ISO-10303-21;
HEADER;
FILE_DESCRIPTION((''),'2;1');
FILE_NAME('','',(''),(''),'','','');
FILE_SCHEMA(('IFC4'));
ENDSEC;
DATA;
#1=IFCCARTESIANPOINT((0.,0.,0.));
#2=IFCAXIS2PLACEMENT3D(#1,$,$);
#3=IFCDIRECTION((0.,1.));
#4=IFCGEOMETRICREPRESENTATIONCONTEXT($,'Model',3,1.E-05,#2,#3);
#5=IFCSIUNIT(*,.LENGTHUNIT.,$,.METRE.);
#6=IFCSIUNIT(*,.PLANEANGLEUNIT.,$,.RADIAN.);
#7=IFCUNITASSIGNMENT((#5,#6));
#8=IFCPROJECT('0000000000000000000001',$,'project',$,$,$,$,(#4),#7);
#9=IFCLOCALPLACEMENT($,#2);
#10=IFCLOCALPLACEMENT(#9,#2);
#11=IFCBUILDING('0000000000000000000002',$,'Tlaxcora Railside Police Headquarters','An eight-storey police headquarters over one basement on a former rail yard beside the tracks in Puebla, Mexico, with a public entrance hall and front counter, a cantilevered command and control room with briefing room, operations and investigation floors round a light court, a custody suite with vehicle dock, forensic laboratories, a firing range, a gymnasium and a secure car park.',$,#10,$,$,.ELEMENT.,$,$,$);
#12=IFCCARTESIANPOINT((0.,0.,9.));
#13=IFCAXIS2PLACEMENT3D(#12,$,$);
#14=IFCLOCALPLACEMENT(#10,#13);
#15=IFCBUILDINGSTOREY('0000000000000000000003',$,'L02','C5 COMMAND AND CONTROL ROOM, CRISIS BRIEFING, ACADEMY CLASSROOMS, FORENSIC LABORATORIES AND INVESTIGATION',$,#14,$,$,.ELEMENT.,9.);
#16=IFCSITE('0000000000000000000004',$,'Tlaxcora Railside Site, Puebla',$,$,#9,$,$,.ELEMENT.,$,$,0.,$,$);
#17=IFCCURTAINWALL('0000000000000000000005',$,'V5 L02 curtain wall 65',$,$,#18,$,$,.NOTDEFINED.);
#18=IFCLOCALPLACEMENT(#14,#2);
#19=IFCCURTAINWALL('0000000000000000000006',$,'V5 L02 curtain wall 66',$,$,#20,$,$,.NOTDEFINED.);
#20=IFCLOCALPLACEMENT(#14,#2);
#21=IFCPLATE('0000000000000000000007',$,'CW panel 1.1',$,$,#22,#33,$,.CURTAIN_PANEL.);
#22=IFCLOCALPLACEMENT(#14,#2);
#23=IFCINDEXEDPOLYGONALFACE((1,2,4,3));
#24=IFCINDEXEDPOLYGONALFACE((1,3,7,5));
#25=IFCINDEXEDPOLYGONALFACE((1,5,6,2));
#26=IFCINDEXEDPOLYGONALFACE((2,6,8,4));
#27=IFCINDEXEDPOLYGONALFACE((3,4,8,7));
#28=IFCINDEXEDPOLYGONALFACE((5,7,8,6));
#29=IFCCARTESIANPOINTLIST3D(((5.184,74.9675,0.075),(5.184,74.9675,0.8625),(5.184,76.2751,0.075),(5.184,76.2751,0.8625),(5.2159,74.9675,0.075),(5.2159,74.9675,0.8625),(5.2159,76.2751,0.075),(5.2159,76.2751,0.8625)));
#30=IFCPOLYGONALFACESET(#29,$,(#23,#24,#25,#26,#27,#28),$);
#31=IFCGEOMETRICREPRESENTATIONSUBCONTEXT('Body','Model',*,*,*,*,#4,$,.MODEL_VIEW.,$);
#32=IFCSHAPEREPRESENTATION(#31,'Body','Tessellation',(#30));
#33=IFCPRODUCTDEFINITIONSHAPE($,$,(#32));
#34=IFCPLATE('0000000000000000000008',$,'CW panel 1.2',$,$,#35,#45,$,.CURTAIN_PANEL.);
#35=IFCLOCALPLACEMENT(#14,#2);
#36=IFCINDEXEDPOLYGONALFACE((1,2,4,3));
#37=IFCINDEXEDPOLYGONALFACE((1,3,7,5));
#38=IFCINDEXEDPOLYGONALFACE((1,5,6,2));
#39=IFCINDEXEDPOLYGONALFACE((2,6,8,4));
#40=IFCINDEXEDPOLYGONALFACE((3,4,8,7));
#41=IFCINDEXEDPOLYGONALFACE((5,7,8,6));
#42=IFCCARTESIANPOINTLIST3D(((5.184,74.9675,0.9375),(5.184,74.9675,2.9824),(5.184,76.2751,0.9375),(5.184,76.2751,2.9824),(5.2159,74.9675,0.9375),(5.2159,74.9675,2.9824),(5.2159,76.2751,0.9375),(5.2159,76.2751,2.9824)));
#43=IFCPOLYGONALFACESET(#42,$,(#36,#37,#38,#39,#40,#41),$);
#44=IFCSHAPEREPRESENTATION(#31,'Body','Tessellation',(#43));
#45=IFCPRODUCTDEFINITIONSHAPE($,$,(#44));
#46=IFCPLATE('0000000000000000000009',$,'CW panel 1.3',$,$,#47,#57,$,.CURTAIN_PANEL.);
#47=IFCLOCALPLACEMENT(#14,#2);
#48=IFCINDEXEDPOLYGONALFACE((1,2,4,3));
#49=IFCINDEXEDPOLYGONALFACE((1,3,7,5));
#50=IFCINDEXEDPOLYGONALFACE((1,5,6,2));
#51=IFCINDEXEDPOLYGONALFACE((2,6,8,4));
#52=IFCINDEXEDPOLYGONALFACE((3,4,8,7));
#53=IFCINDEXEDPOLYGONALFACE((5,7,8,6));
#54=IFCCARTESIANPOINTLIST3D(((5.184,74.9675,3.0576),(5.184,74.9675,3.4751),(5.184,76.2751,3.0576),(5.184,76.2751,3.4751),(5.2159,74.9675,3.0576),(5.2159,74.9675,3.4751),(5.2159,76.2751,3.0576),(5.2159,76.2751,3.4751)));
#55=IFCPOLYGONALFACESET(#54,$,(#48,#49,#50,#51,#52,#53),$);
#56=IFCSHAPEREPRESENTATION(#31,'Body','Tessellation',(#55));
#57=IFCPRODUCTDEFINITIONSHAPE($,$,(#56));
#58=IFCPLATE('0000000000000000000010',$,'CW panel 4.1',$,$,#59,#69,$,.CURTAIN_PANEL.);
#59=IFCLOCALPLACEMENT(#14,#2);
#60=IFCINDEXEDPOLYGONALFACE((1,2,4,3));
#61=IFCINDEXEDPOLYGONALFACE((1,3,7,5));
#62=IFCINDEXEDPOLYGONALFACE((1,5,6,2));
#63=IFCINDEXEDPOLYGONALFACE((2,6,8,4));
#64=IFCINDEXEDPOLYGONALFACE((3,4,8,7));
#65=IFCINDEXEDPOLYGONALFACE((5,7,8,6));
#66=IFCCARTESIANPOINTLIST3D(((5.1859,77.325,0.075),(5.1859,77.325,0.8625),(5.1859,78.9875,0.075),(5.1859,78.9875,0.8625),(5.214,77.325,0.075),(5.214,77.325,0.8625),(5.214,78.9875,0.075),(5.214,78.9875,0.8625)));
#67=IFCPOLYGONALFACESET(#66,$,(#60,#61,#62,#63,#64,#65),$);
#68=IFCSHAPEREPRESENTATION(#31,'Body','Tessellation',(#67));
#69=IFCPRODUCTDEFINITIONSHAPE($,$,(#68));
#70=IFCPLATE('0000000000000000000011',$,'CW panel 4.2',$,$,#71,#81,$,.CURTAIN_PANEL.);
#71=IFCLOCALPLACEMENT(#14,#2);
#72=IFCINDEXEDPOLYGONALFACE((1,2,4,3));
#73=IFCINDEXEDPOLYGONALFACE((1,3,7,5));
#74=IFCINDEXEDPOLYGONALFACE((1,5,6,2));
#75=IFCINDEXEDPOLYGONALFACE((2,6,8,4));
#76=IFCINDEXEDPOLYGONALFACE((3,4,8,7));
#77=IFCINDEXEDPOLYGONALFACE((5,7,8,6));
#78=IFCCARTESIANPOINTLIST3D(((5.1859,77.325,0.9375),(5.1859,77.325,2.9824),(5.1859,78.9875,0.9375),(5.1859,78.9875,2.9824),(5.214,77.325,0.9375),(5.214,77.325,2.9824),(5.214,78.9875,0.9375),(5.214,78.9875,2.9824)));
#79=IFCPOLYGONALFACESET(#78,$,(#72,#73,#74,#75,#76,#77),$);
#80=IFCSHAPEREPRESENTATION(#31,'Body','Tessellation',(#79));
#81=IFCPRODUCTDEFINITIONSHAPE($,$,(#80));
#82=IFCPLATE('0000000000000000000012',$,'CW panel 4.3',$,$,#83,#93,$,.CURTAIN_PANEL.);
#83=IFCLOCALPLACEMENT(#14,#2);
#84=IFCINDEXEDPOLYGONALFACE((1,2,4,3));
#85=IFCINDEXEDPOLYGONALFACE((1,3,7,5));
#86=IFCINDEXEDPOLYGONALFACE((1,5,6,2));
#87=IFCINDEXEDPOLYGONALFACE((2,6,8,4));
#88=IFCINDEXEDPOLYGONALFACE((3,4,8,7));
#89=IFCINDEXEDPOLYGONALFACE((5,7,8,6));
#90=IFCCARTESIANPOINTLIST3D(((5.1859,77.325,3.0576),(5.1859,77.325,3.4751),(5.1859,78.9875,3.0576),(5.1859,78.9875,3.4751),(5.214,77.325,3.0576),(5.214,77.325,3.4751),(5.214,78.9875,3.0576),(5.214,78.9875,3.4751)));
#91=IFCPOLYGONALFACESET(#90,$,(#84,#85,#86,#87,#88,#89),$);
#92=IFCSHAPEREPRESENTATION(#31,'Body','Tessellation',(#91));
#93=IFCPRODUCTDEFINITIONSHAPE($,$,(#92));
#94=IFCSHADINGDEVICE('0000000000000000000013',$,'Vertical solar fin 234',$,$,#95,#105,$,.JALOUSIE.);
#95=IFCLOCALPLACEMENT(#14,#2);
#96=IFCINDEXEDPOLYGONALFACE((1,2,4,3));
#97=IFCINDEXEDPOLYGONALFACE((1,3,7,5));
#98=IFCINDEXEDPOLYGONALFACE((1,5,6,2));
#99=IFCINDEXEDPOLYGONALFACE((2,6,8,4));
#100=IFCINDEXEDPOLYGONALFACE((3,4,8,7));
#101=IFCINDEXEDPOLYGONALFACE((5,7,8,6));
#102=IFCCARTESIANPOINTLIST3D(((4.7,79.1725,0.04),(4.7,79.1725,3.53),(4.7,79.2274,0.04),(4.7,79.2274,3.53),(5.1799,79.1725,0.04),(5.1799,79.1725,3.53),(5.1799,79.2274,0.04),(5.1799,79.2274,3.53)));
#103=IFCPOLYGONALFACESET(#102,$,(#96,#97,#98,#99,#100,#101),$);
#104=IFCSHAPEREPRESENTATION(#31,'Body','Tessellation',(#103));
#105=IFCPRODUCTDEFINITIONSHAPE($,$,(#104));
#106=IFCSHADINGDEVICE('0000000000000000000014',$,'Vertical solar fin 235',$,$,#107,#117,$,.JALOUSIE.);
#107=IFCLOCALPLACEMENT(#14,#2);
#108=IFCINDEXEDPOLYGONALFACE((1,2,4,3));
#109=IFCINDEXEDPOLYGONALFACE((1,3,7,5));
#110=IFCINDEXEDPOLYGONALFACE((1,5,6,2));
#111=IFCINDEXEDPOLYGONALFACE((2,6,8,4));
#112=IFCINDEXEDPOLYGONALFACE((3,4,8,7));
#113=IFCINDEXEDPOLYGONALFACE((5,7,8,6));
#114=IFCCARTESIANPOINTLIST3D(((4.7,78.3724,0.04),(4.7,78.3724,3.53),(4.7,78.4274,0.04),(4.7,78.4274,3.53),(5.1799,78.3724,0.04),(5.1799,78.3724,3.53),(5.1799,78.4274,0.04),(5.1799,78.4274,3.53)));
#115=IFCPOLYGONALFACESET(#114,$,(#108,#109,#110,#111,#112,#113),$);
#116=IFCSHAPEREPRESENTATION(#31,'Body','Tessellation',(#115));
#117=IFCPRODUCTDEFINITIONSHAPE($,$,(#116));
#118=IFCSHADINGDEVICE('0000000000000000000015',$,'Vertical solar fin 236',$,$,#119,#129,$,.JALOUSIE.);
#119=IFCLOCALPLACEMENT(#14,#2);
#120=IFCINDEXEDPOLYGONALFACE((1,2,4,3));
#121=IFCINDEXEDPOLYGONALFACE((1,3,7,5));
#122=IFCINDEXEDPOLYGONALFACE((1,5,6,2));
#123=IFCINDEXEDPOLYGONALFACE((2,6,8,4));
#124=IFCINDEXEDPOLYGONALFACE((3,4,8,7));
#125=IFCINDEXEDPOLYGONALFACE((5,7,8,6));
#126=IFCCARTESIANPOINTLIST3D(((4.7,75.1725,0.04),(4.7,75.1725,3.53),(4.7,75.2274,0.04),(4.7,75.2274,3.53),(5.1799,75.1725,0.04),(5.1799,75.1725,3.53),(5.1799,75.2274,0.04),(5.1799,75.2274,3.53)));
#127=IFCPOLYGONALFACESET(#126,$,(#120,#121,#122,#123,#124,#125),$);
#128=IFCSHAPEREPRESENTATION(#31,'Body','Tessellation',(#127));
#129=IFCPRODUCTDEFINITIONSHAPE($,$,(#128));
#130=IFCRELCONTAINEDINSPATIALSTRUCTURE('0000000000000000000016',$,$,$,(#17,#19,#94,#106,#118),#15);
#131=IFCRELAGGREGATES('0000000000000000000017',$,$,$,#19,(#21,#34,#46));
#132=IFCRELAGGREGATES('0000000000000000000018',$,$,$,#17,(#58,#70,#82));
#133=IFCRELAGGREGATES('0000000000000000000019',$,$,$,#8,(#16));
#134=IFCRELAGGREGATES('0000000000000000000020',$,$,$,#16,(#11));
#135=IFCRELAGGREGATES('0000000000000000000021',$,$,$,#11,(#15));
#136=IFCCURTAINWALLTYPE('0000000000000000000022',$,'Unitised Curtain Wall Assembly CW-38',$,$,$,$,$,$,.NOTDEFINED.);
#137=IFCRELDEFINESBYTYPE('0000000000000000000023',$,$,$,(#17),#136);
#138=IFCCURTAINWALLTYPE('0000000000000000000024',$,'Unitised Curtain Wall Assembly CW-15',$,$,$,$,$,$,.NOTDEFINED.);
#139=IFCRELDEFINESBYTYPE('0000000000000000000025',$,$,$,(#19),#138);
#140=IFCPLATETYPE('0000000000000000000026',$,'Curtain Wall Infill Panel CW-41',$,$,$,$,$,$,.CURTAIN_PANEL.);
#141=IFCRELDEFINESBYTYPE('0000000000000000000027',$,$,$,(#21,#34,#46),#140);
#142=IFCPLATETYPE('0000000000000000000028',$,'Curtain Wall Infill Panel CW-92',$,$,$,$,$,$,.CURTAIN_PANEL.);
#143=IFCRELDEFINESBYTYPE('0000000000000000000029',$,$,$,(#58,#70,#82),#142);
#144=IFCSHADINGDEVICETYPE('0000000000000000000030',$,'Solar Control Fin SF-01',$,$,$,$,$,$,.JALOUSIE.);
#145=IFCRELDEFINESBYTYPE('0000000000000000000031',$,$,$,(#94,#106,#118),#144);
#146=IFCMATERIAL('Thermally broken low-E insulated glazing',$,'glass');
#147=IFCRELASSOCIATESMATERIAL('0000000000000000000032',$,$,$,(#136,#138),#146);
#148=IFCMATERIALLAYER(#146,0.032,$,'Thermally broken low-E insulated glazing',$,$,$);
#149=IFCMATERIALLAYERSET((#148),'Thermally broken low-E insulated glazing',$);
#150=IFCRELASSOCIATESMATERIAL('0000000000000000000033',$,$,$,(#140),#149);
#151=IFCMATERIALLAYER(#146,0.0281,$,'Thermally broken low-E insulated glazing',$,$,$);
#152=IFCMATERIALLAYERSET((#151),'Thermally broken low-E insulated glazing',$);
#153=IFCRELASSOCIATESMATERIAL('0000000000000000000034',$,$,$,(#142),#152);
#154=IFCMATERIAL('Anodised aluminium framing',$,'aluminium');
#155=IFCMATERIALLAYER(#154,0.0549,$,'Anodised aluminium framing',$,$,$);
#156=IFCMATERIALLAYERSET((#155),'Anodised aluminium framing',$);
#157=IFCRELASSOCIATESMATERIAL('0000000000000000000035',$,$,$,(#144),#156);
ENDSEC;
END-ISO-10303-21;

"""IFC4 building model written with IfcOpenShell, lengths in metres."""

from ifc_helpers import new_model, si_unit, direction, frame, origin, origin_2d, place, context, subcontext, project, spatial, rectangle, extrude, material, layer, layer_set, type_object, element, aggregate, save


model = new_model("IFC4")

# Units and contexts
model_context = context("Model", 3, precision=1e-05, world=origin(), true_north=direction((0.0, 1.0)))
body_context = subcontext(model_context, "Body", "Model", "MODEL_VIEW")
ifc_project = project(units=[si_unit("LENGTHUNIT", "METRE"), si_unit("PLANEANGLEUNIT", "RADIAN")], contexts=[model_context])

# Site, building, storey
site_placement = place(None, origin())
site = spatial("IfcSite", under=ifc_project, at=site_placement, Name="Tlaxcora Railside Site, Puebla", CompositionType="ELEMENT", RefElevation=0.0)
building_placement = place(site_placement, origin())
building = spatial("IfcBuilding", under=site, at=building_placement, Name="Tlaxcora Railside Police Headquarters", Description="An eight-storey police headquarters over one basement on a former rail yard beside the tracks in Puebla, Mexico, with a public entrance hall and front counter, a cantilevered command and control room with briefing room, operations and investigation floors round a light court, a custody suite with vehicle dock, forensic laboratories, a firing range, a gymnasium and a secure car park.", CompositionType="ELEMENT")
storey_placement = place(building_placement, frame((0.0, 0.0, 9.0)))
storey = spatial("IfcBuildingStorey", under=building, at=storey_placement, Name="L02", Description="C5 COMMAND AND CONTROL ROOM, CRISIS BRIEFING, ACADEMY CLASSROOMS, FORENSIC LABORATORIES AND INVESTIGATION", CompositionType="ELEMENT", Elevation=9.0)

# Curtain walls
ifc_material_1 = material(Name="Thermally broken low-E insulated glazing", Category="glass")
curtain_wall_type_1 = type_object("IfcCurtainWallType", Name="Unitised Curtain Wall Assembly CW-38", PredefinedType="NOTDEFINED", material=ifc_material_1)
curtain_wall_1_placement = place(storey_placement, origin())
curtain_wall_1 = element("IfcCurtainWall", 1, at=curtain_wall_1_placement, inside=storey, type_object=curtain_wall_type_1, Name="V5 L02 curtain wall 65", PredefinedType="NOTDEFINED")
ifc_material_2 = material(Name="Anodised aluminium framing", Category="aluminium")
curtain_wall_type_2 = type_object("IfcCurtainWallType", Name="Unitised Curtain Wall Assembly CW-15", PredefinedType="NOTDEFINED", material=ifc_material_1)
curtain_wall_2_placement = place(storey_placement, origin())
curtain_wall_2 = element("IfcCurtainWall", 2, at=curtain_wall_2_placement, inside=storey, type_object=curtain_wall_type_2, Name="V5 L02 curtain wall 66", PredefinedType="NOTDEFINED")

# Plates
ifc_layer_1 = layer(ifc_material_1, 0.032, Name="Thermally broken low-E insulated glazing")
ifc_layer_set_1 = layer_set([ifc_layer_1], Name="Thermally broken low-E insulated glazing")
plate_type_1 = type_object("IfcPlateType", Name="Curtain Wall Infill Panel CW-41", PredefinedType="CURTAIN_PANEL", material=ifc_layer_set_1)
plate_1_placement = place(storey_placement, frame((5.2, 75.6213, 0.075), z_axis=(0.0, 0.0, 1.0), x_axis=(0.0, -1.0, 0.0)))
plate_1 = element("IfcPlate", 3, at=plate_1_placement, type_object=plate_type_1, Name="CW panel 1.1", PredefinedType="CURTAIN_PANEL", context=body_context, shape_type="SweptSolid", body=[
    extrude(rectangle(XDim=1.3076, YDim=0.032, at=origin_2d()), origin(), (0.0, 0.0, 1.0), 0.7876),
])
plate_2_placement = place(storey_placement, frame((5.2, 75.6213, 0.9375), z_axis=(0.0, 0.0, 1.0), x_axis=(0.0, -1.0, 0.0)))
plate_2 = element("IfcPlate", 4, at=plate_2_placement, type_object=plate_type_1, Name="CW panel 1.2", PredefinedType="CURTAIN_PANEL", context=body_context, shape_type="SweptSolid", body=[
    extrude(rectangle(XDim=1.3076, YDim=0.032, at=origin_2d()), origin(), (0.0, 0.0, 1.0), 2.0449),
])
plate_3_placement = place(storey_placement, frame((5.2, 75.6213, 3.0576), z_axis=(0.0, 0.0, 1.0), x_axis=(0.0, -1.0, 0.0)))
plate_3 = element("IfcPlate", 5, at=plate_3_placement, type_object=plate_type_1, Name="CW panel 1.3", PredefinedType="CURTAIN_PANEL", context=body_context, shape_type="SweptSolid", body=[
    extrude(rectangle(XDim=1.3076, YDim=0.032, at=origin_2d()), origin(), (0.0, 0.0, 1.0), 0.4175),
])
aggregate(curtain_wall_2, [plate_1, plate_2, plate_3])
ifc_layer_2 = layer(ifc_material_1, 0.0281, Name="Thermally broken low-E insulated glazing")
ifc_layer_set_2 = layer_set([ifc_layer_2], Name="Thermally broken low-E insulated glazing")
plate_type_2 = type_object("IfcPlateType", Name="Curtain Wall Infill Panel CW-92", PredefinedType="CURTAIN_PANEL", material=ifc_layer_set_2)
plate_4_placement = place(storey_placement, frame((5.2, 78.1562, 0.075), z_axis=(0.0, 0.0, 1.0), x_axis=(0.0, -1.0, 0.0)))
plate_4 = element("IfcPlate", 6, at=plate_4_placement, type_object=plate_type_2, Name="CW panel 4.1", PredefinedType="CURTAIN_PANEL", context=body_context, shape_type="SweptSolid", body=[
    extrude(rectangle(XDim=1.6626, YDim=0.0281, at=origin_2d()), origin(), (0.0, 0.0, 1.0), 0.7876),
])
plate_5_placement = place(storey_placement, frame((5.2, 78.1562, 0.9375), z_axis=(0.0, 0.0, 1.0), x_axis=(0.0, -1.0, 0.0)))
plate_5 = element("IfcPlate", 7, at=plate_5_placement, type_object=plate_type_2, Name="CW panel 4.2", PredefinedType="CURTAIN_PANEL", context=body_context, shape_type="SweptSolid", body=[
    extrude(rectangle(XDim=1.6626, YDim=0.0281, at=origin_2d()), origin(), (0.0, 0.0, 1.0), 2.0449),
])
plate_6_placement = place(storey_placement, frame((5.2, 78.1562, 3.0576), z_axis=(0.0, 0.0, 1.0), x_axis=(0.0, -1.0, 0.0)))
plate_6 = element("IfcPlate", 8, at=plate_6_placement, type_object=plate_type_2, Name="CW panel 4.3", PredefinedType="CURTAIN_PANEL", context=body_context, shape_type="SweptSolid", body=[
    extrude(rectangle(XDim=1.6626, YDim=0.0281, at=origin_2d()), origin(), (0.0, 0.0, 1.0), 0.4175),
])
aggregate(curtain_wall_1, [plate_4, plate_5, plate_6])

# Shading devices
ifc_layer_3 = layer(ifc_material_2, 0.0549, Name="Anodised aluminium framing")
ifc_layer_set_3 = layer_set([ifc_layer_3], Name="Anodised aluminium framing")
shading_device_type = type_object("IfcShadingDeviceType", Name="Solar Control Fin SF-01", PredefinedType="JALOUSIE", material=ifc_layer_set_3)
for number, where, z_axis, x_axis, name in (
    (9, (4.9399, 79.2, 0.04), (0.0, 0.0, 1.0), (-1.0, 0.0, 0.0), "Vertical solar fin 234"),
    (10, (4.9399, 78.3999, 0.04), (0.0, 0.0, 1.0), (-1.0, 0.0, 0.0), "Vertical solar fin 235"),
    (11, (4.9399, 75.2, 0.04), (0.0, 0.0, 1.0), (-1.0, 0.0, 0.0), "Vertical solar fin 236"),
):
    element("IfcShadingDevice", number, at=place(storey_placement, frame(where, z_axis=z_axis, x_axis=x_axis)), inside=storey, type_object=shading_device_type, Name=name, PredefinedType="JALOUSIE", context=body_context, shape_type="SweptSolid", body=[
        extrude(rectangle(XDim=0.48, YDim=0.0549, at=origin_2d()), origin(), (0.0, 0.0, 1.0), 3.49),
    ])

save(model, "model.ifc")
